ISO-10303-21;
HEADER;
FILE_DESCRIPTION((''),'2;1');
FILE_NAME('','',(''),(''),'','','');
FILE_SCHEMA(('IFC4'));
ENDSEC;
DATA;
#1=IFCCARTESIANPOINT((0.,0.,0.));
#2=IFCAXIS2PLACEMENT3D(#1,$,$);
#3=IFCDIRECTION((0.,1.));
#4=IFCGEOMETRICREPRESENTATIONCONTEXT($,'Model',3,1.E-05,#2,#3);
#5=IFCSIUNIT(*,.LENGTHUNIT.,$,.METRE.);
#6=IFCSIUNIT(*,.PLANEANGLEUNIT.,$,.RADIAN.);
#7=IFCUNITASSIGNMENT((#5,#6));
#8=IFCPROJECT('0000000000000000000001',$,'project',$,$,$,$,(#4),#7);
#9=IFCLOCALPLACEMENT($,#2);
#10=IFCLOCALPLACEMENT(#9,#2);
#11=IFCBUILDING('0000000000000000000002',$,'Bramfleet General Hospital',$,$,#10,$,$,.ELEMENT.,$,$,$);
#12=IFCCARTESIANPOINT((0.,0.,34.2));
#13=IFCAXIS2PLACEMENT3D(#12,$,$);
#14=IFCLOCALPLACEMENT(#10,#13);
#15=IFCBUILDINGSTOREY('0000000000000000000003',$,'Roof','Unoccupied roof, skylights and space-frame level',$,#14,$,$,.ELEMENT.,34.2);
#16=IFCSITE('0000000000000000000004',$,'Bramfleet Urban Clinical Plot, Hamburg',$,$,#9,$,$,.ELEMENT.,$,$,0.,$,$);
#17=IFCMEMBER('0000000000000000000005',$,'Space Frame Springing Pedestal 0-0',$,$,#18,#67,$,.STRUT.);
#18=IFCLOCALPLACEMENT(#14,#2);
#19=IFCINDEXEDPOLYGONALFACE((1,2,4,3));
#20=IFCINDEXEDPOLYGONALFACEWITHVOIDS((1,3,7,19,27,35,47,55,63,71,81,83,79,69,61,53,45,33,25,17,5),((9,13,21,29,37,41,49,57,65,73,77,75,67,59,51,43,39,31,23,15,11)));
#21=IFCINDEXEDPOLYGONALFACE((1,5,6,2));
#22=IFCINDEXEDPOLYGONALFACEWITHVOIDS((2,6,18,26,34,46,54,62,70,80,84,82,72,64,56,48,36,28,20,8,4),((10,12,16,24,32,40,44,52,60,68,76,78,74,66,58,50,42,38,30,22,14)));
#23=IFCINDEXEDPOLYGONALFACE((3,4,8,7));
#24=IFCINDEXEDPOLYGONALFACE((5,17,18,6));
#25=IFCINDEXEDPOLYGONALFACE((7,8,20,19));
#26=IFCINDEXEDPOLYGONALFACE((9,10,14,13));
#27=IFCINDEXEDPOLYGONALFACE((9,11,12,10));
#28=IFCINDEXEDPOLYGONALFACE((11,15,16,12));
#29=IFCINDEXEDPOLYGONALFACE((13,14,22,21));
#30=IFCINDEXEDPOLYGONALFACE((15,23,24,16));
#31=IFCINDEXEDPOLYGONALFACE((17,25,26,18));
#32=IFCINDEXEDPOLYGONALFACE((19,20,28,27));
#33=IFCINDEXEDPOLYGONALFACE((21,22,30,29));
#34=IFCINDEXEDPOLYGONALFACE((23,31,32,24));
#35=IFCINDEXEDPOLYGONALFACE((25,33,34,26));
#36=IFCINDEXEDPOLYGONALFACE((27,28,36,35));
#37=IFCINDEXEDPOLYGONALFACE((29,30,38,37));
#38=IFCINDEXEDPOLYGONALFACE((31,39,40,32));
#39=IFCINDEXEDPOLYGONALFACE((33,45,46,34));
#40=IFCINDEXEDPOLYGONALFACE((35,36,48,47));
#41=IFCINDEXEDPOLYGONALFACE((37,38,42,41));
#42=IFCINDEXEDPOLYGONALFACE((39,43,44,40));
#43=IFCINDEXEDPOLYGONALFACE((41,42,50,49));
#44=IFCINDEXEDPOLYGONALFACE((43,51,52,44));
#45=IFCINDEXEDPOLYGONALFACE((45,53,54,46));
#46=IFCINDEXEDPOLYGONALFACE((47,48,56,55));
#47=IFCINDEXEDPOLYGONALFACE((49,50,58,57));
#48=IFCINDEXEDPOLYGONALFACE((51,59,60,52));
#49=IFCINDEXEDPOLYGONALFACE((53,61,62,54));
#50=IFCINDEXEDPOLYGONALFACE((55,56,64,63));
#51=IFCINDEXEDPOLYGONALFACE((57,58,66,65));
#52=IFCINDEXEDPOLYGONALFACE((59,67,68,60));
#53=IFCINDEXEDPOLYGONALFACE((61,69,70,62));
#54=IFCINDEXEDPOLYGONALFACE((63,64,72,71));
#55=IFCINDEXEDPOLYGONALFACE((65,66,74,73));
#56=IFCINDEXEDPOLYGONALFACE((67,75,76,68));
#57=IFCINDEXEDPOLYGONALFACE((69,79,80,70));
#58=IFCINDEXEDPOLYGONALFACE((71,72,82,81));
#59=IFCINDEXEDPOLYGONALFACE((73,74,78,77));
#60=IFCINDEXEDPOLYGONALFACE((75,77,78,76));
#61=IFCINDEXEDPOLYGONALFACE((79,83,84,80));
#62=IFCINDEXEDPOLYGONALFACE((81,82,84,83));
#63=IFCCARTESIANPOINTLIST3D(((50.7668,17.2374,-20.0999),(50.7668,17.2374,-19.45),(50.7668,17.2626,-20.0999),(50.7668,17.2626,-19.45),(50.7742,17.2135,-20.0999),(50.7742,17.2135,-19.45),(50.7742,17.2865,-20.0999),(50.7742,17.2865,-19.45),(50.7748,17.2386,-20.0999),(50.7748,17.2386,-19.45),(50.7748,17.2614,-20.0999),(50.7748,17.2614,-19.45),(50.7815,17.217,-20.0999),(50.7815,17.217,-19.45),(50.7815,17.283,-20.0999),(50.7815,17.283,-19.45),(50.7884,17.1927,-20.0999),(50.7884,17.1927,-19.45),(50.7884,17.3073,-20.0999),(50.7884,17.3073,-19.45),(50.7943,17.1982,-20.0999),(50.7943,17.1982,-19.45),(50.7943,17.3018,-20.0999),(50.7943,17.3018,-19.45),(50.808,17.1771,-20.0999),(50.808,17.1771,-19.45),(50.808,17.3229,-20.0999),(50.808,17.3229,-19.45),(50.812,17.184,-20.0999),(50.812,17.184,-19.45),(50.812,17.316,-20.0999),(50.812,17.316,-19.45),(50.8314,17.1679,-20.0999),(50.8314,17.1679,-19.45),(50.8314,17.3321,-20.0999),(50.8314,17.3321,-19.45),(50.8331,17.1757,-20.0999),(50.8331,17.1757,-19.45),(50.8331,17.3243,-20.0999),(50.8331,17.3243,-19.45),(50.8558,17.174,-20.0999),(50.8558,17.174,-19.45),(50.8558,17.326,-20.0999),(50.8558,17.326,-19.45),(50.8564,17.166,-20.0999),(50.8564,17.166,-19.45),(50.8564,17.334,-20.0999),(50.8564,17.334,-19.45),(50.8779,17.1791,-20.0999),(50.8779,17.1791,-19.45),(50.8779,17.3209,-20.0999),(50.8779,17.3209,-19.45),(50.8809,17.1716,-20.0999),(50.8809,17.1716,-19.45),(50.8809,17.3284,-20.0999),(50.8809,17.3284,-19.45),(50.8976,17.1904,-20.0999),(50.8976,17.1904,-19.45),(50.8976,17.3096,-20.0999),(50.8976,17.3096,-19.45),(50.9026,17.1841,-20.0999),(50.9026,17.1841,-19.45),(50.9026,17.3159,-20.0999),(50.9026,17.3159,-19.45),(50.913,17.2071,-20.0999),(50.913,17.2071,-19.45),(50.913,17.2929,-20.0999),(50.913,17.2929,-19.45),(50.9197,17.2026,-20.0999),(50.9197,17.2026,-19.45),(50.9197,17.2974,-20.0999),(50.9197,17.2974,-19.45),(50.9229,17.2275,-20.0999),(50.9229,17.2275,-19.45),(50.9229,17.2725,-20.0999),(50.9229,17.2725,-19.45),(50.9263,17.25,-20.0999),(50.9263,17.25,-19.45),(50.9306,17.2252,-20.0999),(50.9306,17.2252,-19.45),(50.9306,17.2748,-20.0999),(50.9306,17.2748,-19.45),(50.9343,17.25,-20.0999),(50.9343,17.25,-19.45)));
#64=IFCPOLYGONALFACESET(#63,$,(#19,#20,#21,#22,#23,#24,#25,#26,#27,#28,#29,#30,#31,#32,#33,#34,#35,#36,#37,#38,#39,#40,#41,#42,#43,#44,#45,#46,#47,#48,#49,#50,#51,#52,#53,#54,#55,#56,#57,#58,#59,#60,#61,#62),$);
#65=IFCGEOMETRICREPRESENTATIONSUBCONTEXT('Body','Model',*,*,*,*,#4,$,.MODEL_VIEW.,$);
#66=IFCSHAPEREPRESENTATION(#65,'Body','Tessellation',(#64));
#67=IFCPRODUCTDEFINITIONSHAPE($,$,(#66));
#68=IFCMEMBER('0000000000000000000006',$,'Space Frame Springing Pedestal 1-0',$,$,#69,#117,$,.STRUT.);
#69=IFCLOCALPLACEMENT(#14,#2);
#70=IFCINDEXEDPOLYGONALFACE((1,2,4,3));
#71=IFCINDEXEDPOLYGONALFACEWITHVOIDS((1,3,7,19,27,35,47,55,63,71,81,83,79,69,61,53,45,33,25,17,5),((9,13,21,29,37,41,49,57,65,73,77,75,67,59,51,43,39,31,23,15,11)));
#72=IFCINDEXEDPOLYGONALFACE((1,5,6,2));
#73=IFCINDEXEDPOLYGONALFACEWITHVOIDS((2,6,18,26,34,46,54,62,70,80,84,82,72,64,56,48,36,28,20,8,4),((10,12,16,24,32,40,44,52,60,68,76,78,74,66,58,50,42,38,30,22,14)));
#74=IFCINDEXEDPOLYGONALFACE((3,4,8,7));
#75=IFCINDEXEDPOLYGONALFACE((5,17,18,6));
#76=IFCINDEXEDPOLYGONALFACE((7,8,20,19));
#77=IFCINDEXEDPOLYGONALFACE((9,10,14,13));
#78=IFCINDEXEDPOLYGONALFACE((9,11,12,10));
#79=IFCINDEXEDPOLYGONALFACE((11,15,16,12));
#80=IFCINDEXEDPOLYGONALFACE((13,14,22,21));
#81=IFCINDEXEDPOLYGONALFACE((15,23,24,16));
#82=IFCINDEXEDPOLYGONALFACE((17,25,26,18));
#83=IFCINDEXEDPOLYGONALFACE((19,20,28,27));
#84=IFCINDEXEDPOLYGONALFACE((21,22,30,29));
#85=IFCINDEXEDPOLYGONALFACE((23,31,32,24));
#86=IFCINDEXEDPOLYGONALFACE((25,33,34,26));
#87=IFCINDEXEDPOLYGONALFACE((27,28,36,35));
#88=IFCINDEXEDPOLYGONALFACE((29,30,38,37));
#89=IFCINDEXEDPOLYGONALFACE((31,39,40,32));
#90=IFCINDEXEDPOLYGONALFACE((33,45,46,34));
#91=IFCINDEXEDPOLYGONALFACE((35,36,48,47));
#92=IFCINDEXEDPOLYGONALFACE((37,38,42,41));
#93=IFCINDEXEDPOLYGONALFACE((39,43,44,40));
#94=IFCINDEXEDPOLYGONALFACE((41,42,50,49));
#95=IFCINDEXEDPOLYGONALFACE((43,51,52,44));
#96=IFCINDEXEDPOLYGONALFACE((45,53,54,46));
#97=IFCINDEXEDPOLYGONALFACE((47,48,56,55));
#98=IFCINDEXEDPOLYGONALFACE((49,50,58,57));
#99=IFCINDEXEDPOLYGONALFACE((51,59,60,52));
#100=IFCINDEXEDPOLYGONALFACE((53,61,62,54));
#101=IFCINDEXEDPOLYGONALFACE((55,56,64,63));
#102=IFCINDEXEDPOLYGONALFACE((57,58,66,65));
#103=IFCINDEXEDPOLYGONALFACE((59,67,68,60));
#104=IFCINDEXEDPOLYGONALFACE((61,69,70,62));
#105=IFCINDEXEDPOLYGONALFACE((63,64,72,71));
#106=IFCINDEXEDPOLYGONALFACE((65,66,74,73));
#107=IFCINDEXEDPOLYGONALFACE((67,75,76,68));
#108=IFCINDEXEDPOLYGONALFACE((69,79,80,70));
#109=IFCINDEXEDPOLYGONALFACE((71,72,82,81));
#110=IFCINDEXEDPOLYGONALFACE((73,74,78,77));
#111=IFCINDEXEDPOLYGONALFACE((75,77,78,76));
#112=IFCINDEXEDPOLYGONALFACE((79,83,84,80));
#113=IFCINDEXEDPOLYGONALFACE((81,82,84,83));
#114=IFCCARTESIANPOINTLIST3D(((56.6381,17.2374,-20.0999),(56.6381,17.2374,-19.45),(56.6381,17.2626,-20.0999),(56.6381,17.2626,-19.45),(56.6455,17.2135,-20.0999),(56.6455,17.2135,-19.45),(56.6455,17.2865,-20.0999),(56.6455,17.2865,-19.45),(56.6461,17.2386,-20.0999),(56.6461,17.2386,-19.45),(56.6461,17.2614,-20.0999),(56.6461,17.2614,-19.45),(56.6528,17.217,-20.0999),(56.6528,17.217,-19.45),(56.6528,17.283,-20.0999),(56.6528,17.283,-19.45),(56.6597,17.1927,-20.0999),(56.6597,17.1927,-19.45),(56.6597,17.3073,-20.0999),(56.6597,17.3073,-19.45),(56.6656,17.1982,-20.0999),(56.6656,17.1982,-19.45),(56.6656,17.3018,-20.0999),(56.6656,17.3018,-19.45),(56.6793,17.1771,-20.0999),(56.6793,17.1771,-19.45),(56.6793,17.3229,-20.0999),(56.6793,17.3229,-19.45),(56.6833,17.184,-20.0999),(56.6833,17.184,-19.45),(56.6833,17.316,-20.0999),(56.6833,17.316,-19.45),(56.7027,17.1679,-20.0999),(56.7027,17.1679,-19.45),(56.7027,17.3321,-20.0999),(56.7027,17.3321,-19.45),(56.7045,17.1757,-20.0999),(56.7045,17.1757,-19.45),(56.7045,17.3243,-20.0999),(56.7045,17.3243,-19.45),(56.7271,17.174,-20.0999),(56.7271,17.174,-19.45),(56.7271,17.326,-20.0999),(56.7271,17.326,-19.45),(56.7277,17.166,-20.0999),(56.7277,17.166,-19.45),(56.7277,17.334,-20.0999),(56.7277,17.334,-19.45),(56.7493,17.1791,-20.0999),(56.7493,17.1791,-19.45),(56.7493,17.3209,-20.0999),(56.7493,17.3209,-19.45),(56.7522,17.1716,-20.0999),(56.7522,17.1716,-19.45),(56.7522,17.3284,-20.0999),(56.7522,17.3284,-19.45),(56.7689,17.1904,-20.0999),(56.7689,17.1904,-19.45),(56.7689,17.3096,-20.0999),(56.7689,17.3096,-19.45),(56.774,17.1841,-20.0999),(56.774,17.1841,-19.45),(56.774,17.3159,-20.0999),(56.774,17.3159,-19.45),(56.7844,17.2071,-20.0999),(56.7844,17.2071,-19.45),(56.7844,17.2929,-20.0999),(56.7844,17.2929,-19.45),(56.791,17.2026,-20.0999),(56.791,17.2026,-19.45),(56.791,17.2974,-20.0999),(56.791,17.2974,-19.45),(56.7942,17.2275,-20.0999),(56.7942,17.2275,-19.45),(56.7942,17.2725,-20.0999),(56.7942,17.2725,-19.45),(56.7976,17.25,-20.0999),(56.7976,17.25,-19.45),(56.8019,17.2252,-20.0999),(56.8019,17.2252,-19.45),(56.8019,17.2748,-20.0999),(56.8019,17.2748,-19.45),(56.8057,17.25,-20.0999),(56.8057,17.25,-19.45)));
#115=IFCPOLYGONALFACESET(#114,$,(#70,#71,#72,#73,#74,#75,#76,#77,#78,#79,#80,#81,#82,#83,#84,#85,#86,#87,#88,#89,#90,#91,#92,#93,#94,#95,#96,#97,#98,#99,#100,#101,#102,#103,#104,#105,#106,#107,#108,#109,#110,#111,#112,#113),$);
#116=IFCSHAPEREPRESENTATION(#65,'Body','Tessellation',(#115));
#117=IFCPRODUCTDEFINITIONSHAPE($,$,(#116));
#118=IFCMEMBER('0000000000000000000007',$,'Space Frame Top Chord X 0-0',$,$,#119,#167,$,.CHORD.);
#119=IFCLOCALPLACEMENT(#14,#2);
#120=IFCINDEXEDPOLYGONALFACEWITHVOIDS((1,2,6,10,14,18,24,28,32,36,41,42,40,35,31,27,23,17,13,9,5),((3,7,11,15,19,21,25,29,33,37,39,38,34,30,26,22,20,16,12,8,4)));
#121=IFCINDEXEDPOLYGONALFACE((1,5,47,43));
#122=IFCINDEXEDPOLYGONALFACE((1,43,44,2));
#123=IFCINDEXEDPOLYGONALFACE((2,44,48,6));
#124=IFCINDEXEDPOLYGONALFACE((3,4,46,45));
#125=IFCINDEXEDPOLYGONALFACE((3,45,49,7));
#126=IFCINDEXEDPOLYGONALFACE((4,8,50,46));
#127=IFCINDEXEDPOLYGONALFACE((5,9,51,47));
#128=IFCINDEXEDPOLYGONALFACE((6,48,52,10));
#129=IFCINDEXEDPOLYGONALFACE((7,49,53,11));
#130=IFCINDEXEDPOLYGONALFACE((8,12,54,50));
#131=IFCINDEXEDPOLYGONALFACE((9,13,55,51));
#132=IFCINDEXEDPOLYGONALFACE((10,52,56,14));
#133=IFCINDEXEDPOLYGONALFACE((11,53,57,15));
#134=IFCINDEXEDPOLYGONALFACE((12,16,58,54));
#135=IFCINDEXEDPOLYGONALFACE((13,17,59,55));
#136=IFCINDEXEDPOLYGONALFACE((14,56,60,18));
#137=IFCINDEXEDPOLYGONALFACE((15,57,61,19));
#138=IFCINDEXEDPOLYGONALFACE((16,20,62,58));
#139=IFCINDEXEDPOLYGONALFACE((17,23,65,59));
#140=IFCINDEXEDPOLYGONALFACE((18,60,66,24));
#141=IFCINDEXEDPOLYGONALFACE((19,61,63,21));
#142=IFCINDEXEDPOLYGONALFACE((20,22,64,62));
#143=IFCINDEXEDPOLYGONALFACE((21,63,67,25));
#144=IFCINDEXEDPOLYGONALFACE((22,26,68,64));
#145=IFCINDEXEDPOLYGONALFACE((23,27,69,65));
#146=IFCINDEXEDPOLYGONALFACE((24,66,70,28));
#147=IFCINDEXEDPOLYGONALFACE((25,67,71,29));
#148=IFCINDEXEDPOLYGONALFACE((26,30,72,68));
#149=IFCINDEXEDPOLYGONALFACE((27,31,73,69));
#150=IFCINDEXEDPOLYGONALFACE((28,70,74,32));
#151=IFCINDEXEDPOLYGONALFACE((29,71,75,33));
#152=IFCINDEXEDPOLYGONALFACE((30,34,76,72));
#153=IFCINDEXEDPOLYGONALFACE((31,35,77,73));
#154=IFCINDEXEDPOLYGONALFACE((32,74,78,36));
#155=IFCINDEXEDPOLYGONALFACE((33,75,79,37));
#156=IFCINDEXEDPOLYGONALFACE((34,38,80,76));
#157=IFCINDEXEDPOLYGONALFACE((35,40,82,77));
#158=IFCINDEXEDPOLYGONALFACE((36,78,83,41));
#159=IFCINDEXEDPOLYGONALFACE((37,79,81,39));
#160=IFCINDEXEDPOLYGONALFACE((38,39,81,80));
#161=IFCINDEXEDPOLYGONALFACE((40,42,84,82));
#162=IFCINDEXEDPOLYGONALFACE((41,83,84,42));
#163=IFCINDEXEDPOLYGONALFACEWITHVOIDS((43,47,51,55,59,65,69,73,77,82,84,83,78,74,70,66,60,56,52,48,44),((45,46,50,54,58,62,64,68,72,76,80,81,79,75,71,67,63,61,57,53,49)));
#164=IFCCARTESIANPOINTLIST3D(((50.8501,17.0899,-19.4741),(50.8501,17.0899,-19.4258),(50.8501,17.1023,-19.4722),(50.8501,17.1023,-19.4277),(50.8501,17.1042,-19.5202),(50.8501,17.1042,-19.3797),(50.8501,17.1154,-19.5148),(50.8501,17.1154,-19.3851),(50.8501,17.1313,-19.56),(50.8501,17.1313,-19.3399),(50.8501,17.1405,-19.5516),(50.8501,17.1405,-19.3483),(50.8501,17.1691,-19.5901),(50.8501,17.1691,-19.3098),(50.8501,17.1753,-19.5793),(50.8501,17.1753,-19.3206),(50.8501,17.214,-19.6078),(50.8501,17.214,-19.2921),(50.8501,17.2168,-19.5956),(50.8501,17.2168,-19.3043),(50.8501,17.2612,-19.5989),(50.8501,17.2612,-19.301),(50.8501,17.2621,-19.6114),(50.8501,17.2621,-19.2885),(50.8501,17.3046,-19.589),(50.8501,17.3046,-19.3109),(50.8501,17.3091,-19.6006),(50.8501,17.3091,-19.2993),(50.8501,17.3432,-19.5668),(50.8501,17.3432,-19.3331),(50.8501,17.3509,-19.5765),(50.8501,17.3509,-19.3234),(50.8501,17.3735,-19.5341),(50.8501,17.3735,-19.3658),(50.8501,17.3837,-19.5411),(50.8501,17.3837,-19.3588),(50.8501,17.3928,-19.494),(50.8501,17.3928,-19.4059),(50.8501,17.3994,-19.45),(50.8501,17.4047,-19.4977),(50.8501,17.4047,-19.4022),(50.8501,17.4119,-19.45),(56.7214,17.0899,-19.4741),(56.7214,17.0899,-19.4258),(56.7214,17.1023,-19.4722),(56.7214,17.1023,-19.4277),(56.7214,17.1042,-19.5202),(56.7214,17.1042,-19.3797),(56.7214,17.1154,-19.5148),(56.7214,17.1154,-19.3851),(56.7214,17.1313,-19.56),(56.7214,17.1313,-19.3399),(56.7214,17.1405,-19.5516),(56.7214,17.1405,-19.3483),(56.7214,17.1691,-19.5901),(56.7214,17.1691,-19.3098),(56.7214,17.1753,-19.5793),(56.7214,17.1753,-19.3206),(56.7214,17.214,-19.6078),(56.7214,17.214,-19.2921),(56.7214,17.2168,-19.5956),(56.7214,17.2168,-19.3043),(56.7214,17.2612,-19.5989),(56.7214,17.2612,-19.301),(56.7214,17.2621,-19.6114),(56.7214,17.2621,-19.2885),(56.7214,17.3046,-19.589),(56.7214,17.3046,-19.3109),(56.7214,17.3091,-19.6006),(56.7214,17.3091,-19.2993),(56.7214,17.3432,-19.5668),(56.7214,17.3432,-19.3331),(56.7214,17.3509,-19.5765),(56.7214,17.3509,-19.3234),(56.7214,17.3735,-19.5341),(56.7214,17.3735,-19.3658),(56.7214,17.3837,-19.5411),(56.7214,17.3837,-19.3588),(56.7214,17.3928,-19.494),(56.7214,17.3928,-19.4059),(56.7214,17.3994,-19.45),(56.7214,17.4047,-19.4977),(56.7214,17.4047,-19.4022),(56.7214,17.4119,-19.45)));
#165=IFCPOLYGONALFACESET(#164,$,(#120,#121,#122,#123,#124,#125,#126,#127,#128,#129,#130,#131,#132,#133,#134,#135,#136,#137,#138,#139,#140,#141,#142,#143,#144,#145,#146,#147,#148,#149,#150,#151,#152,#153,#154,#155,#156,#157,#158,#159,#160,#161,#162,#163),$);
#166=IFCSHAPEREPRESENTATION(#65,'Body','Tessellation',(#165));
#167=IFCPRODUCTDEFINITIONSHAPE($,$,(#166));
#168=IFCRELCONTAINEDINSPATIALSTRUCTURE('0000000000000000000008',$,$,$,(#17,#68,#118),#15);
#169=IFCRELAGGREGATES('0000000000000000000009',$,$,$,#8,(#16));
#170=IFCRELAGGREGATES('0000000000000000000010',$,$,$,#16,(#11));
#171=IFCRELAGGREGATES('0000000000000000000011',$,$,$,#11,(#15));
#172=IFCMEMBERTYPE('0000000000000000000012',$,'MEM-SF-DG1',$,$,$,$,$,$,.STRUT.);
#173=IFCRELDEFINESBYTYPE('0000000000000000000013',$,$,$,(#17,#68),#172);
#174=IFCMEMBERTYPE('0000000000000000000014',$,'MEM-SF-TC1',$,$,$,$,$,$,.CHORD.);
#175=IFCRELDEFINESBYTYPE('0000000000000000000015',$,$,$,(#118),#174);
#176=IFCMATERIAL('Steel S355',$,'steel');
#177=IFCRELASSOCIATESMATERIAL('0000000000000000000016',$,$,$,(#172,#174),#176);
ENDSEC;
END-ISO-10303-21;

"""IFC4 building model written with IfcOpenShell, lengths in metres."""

from ifc_helpers import new_model, si_unit, direction, frame, origin, origin_2d, place, context, subcontext, project, spatial, hollow_circle, extrude, material, material_profile, profile_set, type_object, element, save


model = new_model("IFC4")

# Units and contexts
model_context = context("Model", 3, precision=1e-05, world=origin(), true_north=direction((0.0, 1.0)))
body_context = subcontext(model_context, "Body", "Model", "MODEL_VIEW")
ifc_project = project(units=[si_unit("LENGTHUNIT", "METRE"), si_unit("PLANEANGLEUNIT", "RADIAN")], contexts=[model_context])

# Site, building, storey
site_placement = place(None, origin())
site = spatial("IfcSite", under=ifc_project, at=site_placement, Name="Bramfleet Urban Clinical Plot, Hamburg", CompositionType="ELEMENT", RefElevation=0.0)
building_placement = place(site_placement, origin())
building = spatial("IfcBuilding", under=site, at=building_placement, Name="Bramfleet General Hospital", CompositionType="ELEMENT")
storey_placement = place(building_placement, frame((0.0, 0.0, 34.2)))
storey = spatial("IfcBuildingStorey", under=building, at=storey_placement, Name="Roof", Description="Unoccupied roof, skylights and space-frame level", CompositionType="ELEMENT", Elevation=34.2)

# Members
ifc_material_1 = material(Name="Steel S355", Category="steel")
ifc_material_profile_1 = material_profile(ifc_material_1, hollow_circle(Radius=0.0842, WallThickness=0.0081, at=origin_2d()), Name="CHS 168.3x8.0")
ifc_profile_set_1 = profile_set([ifc_material_profile_1], Name="Steel S355")
member_type_1 = type_object("IfcMemberType", Name="MEM-SF-DG1", PredefinedType="STRUT", material=ifc_profile_set_1)
for number, where, z_axis, x_axis, name in (
    (1, (50.8501, 17.25, -20.0999), (0.0, 0.0, 1.0), (1.0, 0.0, 0.0), "Space Frame Springing Pedestal 0-0"),
    (2, (56.7214, 17.25, -20.0999), (0.0, 0.0, 1.0), (1.0, 0.0, 0.0), "Space Frame Springing Pedestal 1-0"),
):
    element("IfcMember", number, at=place(storey_placement, frame(where, z_axis=z_axis, x_axis=x_axis)), inside=storey, type_object=member_type_1, Name=name, PredefinedType="STRUT", context=body_context, shape_type="SweptSolid", body=[
        extrude(hollow_circle(Radius=0.0842, WallThickness=0.0081, at=origin_2d()), origin(), (0.0, 0.0, 1.0), 0.6499),
    ])
ifc_material_profile_2 = material_profile(ifc_material_1, hollow_circle(Radius=0.1619, WallThickness=0.0125, at=origin_2d()), Name="CHS 323.9x12.5")
ifc_profile_set_2 = profile_set([ifc_material_profile_2], Name="Steel S355")
member_type_2 = type_object("IfcMemberType", Name="MEM-SF-TC1", PredefinedType="CHORD", material=ifc_profile_set_2)
for number, where, z_axis, x_axis, name in (
    (3, (50.8501, 17.25, -19.45), (1.0, 0.0, 0.0), (0.0, 1.0, 0.0), "Space Frame Top Chord X 0-0"),
):
    element("IfcMember", number, at=place(storey_placement, frame(where, z_axis=z_axis, x_axis=x_axis)), inside=storey, type_object=member_type_2, Name=name, PredefinedType="CHORD", context=body_context, shape_type="SweptSolid", body=[
        extrude(hollow_circle(Radius=0.1619, WallThickness=0.0125, at=origin_2d()), origin(), (0.0, 0.0, 1.0), 5.8713),
    ])

save(model, "model.ifc")
